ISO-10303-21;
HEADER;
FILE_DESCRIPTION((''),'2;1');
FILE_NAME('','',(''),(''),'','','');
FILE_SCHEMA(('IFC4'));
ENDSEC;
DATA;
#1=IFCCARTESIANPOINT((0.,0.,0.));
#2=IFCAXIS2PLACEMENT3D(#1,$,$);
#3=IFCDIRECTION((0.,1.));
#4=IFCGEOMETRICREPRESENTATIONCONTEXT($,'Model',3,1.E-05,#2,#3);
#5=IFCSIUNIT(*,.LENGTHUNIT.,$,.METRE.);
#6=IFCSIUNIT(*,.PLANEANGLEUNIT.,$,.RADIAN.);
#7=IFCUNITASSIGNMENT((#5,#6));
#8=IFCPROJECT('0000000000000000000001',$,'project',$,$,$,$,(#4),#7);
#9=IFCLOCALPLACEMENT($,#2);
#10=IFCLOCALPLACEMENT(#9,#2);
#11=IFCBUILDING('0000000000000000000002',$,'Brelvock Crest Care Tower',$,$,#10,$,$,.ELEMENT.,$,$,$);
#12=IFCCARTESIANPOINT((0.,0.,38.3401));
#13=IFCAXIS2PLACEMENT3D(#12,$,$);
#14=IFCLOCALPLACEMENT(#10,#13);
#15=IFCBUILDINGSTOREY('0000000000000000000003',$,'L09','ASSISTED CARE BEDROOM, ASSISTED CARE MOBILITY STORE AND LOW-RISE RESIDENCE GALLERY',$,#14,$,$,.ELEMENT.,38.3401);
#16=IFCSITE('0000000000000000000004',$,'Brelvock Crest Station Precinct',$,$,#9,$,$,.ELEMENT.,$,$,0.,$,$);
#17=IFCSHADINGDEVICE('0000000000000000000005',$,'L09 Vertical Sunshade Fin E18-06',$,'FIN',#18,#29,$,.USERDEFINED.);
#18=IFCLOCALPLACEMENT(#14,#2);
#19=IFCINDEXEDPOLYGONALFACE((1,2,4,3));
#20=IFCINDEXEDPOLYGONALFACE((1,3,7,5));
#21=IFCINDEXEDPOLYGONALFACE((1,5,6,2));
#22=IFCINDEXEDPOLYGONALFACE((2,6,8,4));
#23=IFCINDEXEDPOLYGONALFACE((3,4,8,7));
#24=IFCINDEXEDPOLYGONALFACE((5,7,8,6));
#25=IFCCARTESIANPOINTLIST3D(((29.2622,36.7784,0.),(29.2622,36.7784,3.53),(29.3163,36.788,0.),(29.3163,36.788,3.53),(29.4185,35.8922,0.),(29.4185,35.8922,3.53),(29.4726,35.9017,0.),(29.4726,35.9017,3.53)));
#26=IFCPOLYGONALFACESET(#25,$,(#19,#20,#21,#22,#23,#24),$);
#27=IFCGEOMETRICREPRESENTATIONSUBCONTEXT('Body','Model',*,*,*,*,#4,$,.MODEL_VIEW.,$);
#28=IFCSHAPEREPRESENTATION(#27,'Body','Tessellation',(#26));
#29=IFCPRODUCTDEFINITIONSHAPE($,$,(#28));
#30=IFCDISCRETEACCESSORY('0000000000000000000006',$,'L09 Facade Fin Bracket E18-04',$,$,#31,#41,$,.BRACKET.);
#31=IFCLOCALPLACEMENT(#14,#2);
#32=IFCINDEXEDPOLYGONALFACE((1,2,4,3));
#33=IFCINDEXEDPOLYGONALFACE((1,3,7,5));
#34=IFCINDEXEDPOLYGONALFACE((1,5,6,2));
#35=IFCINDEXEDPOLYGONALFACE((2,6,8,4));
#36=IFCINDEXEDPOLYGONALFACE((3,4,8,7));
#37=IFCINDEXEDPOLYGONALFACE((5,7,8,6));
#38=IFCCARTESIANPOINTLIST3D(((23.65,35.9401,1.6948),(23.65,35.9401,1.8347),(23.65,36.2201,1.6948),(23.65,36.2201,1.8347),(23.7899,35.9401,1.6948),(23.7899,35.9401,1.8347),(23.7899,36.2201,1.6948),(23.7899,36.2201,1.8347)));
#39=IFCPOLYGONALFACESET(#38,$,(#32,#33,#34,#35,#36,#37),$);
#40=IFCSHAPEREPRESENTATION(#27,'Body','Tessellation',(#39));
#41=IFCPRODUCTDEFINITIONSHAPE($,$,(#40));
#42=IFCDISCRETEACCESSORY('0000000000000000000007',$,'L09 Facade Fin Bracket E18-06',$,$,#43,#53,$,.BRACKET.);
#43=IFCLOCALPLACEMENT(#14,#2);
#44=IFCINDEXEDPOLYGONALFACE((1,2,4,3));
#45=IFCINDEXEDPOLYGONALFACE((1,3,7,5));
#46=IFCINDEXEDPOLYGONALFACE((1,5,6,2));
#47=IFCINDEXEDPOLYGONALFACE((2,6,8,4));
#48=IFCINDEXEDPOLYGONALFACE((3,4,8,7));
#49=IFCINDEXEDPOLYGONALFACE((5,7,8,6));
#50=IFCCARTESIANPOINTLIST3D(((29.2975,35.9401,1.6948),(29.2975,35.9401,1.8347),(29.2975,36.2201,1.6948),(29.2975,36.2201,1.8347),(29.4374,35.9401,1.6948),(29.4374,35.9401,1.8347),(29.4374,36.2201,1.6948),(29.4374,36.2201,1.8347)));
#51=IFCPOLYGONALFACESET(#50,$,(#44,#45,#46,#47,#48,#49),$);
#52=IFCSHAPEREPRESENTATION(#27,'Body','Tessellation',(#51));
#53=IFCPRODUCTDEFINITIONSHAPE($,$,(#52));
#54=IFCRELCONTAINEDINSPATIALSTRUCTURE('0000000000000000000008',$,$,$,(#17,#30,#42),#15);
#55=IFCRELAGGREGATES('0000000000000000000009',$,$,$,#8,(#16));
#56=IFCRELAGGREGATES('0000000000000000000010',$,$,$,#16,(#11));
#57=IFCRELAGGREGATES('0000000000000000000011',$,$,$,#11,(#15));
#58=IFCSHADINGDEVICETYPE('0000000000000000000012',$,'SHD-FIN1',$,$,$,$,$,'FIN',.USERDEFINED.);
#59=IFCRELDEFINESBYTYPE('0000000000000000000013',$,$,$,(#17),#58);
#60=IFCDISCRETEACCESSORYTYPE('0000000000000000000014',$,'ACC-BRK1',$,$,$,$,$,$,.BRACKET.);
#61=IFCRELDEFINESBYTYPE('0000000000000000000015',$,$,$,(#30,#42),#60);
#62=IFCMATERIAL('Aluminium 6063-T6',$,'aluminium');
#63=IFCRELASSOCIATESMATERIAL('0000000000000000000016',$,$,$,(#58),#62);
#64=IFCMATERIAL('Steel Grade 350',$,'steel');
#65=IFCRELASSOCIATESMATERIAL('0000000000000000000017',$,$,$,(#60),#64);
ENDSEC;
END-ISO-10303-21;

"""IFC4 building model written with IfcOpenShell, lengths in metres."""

from ifc_helpers import new_model, si_unit, direction, frame, origin, origin_2d, place, context, subcontext, project, spatial, rectangle, extrude, source, transform, mapped, material, material_profile, profile_set, type_object, element, save


model = new_model("IFC4")

# Units and contexts
model_context = context("Model", 3, precision=1e-05, world=origin(), true_north=direction((0.0, 1.0)))
body_context = subcontext(model_context, "Body", "Model", "MODEL_VIEW")
ifc_project = project(units=[si_unit("LENGTHUNIT", "METRE"), si_unit("PLANEANGLEUNIT", "RADIAN")], contexts=[model_context])

# Site, building, storey
site_placement = place(None, origin())
site = spatial("IfcSite", under=ifc_project, at=site_placement, Name="Brelvock Crest Station Precinct", CompositionType="ELEMENT", RefElevation=0.0)
building_placement = place(site_placement, origin())
building = spatial("IfcBuilding", under=site, at=building_placement, Name="Brelvock Crest Care Tower", CompositionType="ELEMENT")
storey_placement = place(building_placement, frame((0.0, 0.0, 38.3401)))
storey = spatial("IfcBuildingStorey", under=building, at=storey_placement, Name="L09", Description="ASSISTED CARE BEDROOM, ASSISTED CARE MOBILITY STORE AND LOW-RISE RESIDENCE GALLERY", CompositionType="ELEMENT", Elevation=38.3401)

# Shared definitions
ifc_material_1 = material(Name="Steel Grade 350", Category="steel")

# Shared definitions
ifc_material_2 = material(Name="Aluminium 6063-T6", Category="aluminium")

# Shading device
ifc_material_profile_1 = material_profile(ifc_material_2, rectangle(XDim=0.0549, YDim=0.8999, at=origin_2d()), Name="FIN55x900")
ifc_profile_set_1 = profile_set([ifc_material_profile_1], Name="Aluminium 6063-T6")
shading_device_type = type_object("IfcShadingDeviceType", Name="SHD-FIN1", ElementType="FIN", PredefinedType="USERDEFINED", material=ifc_profile_set_1)
shared_shape_1 = source(origin(), body_context, "Body", "SweptSolid", [
    extrude(rectangle(XDim=0.0549, YDim=0.8999, at=origin_2d()), origin(), (0.0, 0.0, 1.0), 3.53),
])
for number, where, z_axis, x_axis, name in (
    (1, (29.3674, 36.3401, 0.0), (0.0, 0.0, 1.0), (0.984808, 0.173648, 0.0), "L09 Vertical Sunshade Fin E18-06"),
):
    element("IfcShadingDevice", number, at=place(storey_placement, frame(where, z_axis=z_axis, x_axis=x_axis)), inside=storey, type_object=shading_device_type, Name=name, ObjectType="FIN", PredefinedType="USERDEFINED", context=body_context, shape_type="MappedRepresentation", body=[
        mapped(shared_shape_1, transform((0.0, 0.0, 0.0), x_axis=(1.0, 0.0, 0.0), y_axis=(0.0, 1.0, 0.0), z_axis=(0.0, 0.0, 1.0), scale=1.0)),
    ])

# Discrete accessories
discrete_accessory_type = type_object("IfcDiscreteAccessoryType", Name="ACC-BRK1", PredefinedType="BRACKET", material=ifc_material_1)
shared_shape_2 = source(origin(), body_context, "Body", "SweptSolid", [
    extrude(rectangle(XDim=0.28, YDim=0.1399, at=origin_2d()), origin(), (0.0, 0.0, 1.0), 0.1399),
])
for number, where, z_axis, x_axis, name in (
    (2, (23.72, 36.0801, 1.6948), (0.0, 0.0, 1.0), (0.0, 1.0, 0.0), "L09 Facade Fin Bracket E18-04"),
    (3, (29.3674, 36.0801, 1.6948), (0.0, 0.0, 1.0), (0.0, 1.0, 0.0), "L09 Facade Fin Bracket E18-06"),
):
    element("IfcDiscreteAccessory", number, at=place(storey_placement, frame(where, z_axis=z_axis, x_axis=x_axis)), inside=storey, type_object=discrete_accessory_type, Name=name, PredefinedType="BRACKET", context=body_context, shape_type="MappedRepresentation", body=[
        mapped(shared_shape_2, transform((0.0, 0.0, 0.0), x_axis=(1.0, 0.0, 0.0), y_axis=(0.0, 1.0, 0.0), z_axis=(0.0, 0.0, 1.0), scale=1.0)),
    ])

save(model, "model.ifc")
